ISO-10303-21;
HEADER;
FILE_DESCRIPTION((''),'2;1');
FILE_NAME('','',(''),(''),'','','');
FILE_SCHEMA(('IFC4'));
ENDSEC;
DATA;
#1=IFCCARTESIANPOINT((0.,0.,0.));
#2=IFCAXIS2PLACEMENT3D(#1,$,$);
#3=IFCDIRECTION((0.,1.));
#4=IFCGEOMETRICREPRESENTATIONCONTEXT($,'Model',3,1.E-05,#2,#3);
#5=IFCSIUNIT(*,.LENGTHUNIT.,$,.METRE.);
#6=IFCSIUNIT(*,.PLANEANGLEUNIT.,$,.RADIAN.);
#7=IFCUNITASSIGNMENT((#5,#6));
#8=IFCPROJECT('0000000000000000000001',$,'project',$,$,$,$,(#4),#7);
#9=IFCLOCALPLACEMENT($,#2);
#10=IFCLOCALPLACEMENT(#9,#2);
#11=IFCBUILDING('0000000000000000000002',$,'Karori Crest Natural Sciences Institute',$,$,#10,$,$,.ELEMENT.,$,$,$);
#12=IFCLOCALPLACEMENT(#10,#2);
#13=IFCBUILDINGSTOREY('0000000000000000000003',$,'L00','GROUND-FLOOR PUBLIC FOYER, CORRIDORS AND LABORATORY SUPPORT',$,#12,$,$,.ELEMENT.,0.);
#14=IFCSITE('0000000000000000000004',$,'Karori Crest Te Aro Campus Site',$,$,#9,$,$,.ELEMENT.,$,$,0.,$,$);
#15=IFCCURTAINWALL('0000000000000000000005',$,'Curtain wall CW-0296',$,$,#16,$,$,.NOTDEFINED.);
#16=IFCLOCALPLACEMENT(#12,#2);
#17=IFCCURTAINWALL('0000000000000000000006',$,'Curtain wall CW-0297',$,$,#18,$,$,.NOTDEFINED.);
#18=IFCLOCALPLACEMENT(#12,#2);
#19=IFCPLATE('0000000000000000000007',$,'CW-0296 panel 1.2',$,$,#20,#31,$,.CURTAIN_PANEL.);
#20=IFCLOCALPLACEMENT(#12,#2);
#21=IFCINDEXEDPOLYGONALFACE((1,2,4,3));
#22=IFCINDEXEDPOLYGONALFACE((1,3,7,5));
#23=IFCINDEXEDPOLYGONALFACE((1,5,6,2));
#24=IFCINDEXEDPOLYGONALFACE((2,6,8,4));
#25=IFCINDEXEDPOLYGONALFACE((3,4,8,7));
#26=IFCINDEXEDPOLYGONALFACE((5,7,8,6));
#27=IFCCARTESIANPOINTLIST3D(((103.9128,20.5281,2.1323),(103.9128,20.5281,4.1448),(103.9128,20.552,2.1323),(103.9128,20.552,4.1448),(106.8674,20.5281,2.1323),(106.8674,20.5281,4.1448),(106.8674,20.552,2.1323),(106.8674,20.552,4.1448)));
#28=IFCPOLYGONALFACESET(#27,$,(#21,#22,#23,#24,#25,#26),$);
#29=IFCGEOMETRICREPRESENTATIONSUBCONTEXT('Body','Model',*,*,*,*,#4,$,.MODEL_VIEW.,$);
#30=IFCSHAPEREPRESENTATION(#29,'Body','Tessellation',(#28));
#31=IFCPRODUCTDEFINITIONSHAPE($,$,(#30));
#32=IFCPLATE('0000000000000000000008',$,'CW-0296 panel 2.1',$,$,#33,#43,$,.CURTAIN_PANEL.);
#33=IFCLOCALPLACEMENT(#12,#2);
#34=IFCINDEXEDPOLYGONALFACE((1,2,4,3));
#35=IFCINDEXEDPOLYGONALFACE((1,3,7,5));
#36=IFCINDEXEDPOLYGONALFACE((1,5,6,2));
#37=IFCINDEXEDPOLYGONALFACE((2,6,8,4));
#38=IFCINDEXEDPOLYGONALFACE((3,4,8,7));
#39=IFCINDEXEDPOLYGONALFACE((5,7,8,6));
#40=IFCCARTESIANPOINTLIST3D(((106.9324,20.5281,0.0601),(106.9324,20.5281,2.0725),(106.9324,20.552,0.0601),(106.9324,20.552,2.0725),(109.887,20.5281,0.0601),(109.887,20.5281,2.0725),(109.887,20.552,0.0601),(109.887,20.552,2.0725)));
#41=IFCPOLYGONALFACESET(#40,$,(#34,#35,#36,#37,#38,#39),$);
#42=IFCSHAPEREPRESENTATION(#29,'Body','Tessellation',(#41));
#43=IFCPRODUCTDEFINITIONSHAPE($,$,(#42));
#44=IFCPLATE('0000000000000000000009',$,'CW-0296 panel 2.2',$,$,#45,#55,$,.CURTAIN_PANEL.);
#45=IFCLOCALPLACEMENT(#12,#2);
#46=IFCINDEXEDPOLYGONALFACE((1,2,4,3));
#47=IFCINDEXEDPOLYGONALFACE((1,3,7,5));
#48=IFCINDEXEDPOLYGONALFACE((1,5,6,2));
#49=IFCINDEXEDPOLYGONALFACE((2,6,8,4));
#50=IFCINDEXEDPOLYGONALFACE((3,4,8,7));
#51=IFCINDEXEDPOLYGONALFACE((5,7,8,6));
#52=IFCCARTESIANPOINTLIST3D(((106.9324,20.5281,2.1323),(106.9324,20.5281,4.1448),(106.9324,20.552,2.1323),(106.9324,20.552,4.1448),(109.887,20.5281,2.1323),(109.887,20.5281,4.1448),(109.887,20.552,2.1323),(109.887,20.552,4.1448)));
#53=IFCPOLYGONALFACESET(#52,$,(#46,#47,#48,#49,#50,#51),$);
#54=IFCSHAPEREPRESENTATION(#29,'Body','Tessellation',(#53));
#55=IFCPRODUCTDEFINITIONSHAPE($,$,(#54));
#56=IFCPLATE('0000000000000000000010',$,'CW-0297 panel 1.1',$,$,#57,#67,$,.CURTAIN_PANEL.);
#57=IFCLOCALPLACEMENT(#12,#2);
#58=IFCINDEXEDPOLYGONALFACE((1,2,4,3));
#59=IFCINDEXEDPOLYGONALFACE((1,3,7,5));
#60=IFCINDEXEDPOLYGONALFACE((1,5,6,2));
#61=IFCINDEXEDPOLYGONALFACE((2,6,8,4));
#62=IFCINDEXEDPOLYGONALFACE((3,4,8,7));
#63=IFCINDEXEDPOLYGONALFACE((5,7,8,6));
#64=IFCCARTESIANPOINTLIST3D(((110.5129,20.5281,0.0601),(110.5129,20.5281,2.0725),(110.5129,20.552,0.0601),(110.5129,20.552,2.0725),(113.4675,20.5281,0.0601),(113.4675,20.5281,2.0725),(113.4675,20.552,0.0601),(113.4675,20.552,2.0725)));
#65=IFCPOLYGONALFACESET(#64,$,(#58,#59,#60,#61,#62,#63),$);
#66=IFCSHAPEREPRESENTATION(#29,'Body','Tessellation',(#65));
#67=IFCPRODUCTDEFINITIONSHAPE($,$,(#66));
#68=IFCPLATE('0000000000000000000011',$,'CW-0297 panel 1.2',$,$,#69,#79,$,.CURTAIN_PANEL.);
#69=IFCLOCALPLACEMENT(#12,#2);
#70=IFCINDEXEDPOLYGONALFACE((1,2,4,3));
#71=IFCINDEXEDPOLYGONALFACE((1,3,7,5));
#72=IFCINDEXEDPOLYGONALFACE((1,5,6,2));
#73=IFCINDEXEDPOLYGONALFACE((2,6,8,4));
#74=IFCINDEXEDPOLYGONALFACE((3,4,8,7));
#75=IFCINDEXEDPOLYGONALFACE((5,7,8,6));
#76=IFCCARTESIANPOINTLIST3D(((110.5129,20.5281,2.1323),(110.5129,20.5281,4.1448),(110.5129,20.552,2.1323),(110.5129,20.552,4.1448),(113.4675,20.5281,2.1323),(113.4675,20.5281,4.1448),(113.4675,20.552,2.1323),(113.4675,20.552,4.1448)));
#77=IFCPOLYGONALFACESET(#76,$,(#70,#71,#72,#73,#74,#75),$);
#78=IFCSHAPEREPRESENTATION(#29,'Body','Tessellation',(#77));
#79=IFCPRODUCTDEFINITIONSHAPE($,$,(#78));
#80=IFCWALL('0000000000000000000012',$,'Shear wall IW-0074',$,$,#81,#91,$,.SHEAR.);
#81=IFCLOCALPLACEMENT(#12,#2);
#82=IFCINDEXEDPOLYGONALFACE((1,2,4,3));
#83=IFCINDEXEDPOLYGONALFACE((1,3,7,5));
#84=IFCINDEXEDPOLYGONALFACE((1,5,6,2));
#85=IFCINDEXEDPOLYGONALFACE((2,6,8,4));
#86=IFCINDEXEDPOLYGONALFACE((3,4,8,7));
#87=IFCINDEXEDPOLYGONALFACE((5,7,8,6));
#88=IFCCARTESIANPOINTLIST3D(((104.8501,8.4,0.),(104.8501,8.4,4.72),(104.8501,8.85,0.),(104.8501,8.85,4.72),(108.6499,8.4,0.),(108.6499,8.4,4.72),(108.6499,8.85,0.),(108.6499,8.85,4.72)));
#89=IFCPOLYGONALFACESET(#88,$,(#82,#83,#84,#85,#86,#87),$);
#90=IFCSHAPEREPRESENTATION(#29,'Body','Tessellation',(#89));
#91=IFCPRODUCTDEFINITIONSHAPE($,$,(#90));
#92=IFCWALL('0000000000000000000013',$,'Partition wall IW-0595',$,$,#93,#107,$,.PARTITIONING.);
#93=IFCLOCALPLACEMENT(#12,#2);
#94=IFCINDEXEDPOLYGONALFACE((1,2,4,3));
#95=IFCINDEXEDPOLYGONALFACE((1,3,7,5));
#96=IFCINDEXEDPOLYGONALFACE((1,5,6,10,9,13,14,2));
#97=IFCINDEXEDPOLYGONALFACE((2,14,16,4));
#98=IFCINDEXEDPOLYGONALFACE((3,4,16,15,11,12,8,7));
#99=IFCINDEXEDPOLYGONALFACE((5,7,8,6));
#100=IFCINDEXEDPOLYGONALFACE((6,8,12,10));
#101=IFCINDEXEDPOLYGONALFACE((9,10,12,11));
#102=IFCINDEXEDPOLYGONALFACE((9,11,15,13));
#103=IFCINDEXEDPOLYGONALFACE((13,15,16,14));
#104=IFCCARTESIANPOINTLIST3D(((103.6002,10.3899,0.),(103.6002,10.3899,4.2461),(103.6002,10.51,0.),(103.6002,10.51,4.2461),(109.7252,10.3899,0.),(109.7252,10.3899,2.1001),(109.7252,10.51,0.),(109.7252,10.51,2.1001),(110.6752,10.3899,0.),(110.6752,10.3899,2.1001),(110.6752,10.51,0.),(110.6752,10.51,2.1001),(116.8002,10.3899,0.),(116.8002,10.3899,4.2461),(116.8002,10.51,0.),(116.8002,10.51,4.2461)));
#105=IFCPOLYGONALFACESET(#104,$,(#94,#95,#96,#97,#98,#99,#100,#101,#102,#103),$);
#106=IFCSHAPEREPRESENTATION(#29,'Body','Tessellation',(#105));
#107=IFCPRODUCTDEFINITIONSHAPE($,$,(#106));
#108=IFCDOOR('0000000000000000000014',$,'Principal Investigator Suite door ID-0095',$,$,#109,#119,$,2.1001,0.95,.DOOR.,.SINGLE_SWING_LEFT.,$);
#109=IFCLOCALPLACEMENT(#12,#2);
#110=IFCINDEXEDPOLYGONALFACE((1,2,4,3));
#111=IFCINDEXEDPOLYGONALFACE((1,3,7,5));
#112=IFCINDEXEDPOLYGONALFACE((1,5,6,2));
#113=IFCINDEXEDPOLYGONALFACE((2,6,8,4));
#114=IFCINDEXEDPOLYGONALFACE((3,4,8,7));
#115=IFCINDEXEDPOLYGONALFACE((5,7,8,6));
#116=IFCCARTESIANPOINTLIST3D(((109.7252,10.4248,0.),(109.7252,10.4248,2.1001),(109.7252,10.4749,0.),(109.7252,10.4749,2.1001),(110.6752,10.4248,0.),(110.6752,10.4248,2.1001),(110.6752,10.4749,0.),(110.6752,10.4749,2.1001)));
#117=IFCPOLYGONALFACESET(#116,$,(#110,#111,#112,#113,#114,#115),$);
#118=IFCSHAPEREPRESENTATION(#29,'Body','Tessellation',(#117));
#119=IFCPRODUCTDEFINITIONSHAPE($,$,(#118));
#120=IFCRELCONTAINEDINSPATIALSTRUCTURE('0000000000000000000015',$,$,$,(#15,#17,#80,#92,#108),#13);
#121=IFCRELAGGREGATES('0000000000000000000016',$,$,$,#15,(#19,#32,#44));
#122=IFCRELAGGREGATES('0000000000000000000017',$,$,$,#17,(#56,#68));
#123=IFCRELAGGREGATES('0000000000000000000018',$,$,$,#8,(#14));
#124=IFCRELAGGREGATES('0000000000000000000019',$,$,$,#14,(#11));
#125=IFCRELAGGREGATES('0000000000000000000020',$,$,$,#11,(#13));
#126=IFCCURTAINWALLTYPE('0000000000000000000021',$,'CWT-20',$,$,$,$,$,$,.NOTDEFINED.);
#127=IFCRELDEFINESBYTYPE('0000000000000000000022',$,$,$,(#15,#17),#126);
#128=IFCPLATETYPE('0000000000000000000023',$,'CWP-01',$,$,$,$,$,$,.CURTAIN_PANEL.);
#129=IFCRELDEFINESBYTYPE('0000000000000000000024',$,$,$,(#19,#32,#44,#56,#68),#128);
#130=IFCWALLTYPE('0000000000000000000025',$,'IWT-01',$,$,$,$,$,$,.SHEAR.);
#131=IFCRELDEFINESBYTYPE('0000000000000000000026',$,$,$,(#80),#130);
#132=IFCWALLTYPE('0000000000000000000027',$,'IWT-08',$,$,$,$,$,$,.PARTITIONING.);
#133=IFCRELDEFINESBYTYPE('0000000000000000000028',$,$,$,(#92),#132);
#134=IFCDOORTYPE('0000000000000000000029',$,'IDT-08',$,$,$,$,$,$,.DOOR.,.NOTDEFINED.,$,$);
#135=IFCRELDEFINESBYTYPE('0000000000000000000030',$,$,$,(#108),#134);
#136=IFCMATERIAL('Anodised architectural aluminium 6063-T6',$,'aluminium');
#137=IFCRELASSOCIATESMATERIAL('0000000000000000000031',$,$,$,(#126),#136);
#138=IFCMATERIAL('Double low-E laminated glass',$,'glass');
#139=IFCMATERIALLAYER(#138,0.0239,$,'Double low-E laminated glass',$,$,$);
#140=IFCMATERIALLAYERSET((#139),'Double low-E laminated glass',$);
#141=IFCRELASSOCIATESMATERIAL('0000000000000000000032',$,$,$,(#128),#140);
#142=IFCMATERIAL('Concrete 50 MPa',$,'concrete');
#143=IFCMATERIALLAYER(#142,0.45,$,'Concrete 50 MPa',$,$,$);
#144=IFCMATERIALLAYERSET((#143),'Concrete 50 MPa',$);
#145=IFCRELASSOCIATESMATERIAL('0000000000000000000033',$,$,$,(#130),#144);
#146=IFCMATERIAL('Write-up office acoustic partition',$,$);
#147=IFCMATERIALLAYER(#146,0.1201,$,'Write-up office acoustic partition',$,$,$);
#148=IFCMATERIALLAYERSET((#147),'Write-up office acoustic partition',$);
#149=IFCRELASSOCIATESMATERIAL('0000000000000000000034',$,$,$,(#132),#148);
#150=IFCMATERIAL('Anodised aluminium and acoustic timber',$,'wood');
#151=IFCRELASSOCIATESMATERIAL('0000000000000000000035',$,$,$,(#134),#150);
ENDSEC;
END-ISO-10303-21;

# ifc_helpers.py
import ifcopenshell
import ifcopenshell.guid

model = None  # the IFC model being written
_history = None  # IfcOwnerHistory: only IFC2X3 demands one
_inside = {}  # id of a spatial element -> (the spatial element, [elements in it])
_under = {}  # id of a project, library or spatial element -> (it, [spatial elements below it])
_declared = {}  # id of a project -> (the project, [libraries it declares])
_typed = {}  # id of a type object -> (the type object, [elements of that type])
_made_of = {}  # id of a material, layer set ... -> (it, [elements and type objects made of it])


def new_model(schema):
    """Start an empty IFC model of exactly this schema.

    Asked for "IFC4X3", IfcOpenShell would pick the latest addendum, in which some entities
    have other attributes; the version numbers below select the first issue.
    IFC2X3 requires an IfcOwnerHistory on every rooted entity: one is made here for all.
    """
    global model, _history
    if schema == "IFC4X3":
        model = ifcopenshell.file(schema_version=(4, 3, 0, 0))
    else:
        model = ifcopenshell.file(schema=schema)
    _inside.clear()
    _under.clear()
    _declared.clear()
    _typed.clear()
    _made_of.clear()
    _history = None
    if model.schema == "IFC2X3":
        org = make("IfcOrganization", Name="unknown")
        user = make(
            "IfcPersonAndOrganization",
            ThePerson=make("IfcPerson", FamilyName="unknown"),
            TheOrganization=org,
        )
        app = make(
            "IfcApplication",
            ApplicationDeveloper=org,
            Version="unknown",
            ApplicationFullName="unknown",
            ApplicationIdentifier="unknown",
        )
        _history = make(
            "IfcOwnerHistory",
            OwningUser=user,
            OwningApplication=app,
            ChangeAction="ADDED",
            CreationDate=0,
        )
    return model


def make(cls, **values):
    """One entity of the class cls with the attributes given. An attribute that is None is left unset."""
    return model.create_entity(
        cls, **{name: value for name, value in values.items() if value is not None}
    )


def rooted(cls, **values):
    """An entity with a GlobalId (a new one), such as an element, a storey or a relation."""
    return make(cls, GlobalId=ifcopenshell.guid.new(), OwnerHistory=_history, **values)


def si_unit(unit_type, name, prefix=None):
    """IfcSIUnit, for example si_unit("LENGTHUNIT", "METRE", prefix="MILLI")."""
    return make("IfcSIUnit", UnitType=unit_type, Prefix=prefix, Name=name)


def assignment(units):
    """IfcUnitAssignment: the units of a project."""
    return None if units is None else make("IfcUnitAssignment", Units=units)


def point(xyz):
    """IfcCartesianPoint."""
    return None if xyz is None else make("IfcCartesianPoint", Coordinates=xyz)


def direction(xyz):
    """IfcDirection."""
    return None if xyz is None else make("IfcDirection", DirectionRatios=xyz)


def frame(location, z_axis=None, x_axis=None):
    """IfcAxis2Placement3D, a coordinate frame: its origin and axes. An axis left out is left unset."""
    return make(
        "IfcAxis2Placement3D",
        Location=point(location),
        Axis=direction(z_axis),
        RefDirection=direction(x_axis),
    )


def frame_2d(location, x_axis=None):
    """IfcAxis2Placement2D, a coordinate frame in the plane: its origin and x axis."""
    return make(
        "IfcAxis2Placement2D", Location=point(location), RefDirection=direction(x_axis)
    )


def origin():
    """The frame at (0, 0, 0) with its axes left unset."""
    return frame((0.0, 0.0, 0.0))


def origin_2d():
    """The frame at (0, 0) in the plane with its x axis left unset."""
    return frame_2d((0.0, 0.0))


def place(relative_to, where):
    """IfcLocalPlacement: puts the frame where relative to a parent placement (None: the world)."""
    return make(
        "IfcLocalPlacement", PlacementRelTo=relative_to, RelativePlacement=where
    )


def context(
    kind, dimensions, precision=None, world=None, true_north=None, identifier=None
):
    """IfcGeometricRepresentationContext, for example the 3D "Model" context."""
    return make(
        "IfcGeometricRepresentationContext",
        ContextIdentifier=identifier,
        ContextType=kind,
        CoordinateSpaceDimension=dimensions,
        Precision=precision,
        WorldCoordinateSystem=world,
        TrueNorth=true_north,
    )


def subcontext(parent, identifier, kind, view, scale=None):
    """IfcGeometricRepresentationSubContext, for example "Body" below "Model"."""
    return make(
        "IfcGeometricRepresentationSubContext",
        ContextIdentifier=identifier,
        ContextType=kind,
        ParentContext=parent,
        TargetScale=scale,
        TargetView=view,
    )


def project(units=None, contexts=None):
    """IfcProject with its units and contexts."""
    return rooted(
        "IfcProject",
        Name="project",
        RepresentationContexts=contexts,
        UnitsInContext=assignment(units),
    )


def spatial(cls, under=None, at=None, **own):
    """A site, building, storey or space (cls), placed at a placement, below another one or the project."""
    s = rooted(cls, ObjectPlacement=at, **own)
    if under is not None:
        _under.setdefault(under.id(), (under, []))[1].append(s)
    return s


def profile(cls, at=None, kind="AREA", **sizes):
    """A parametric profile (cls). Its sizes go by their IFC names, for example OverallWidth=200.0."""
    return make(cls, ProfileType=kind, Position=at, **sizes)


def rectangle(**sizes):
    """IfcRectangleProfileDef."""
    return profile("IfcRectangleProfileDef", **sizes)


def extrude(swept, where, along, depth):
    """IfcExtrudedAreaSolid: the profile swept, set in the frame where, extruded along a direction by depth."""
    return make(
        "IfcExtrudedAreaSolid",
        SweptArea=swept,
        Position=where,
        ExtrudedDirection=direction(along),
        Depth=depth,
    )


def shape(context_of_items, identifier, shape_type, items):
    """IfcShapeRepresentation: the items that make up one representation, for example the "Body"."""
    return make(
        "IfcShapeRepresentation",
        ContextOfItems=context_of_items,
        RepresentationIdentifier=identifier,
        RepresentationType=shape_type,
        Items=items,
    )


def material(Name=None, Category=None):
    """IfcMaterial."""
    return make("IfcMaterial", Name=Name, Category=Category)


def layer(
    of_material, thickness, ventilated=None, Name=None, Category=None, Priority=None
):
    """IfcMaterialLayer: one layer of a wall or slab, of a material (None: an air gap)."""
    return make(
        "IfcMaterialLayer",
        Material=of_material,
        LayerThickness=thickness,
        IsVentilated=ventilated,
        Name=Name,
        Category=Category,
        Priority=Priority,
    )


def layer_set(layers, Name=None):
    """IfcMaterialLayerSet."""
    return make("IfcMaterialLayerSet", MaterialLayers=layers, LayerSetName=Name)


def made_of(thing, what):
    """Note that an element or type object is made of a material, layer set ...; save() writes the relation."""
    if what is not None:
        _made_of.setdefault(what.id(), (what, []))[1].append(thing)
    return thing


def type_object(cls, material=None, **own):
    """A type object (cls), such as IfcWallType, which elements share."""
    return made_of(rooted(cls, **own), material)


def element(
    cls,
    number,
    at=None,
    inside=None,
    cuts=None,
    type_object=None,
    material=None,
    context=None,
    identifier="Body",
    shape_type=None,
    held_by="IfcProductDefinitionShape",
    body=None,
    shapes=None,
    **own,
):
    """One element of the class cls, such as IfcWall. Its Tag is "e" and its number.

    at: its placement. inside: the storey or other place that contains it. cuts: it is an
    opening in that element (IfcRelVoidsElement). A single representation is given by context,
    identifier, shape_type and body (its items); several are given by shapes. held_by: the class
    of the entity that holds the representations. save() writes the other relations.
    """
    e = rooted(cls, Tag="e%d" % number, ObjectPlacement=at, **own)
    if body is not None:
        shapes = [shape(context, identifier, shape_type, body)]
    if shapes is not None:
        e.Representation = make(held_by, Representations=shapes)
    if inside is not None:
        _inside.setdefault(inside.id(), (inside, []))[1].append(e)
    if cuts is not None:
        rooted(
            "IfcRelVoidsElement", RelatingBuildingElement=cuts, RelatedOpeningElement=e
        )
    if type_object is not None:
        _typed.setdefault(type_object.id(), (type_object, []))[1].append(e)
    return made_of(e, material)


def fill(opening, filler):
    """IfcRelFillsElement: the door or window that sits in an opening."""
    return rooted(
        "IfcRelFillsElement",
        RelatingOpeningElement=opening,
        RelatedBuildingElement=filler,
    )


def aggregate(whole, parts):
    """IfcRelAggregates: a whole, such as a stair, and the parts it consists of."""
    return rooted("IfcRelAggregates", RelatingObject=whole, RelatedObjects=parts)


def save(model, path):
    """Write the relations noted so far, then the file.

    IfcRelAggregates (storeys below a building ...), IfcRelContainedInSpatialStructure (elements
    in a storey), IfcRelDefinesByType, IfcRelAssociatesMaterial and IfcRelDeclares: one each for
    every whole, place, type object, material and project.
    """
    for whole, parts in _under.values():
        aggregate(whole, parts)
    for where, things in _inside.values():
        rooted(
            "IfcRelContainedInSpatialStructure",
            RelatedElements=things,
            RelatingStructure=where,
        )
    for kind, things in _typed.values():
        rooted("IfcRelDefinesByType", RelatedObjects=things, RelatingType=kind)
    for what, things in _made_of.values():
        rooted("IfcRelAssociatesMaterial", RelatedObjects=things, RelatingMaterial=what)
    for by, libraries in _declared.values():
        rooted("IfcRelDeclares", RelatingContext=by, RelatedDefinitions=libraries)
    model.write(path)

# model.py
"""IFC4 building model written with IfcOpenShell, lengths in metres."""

from ifc_helpers import new_model, si_unit, direction, frame, frame_2d, origin, origin_2d, place, context, subcontext, project, spatial, rectangle, extrude, material, layer, layer_set, type_object, element, fill, aggregate, save


model = new_model("IFC4")

# Units and contexts
model_context = context("Model", 3, precision=1e-05, world=origin(), true_north=direction((0.0, 1.0)))
body_context = subcontext(model_context, "Body", "Model", "MODEL_VIEW")
ifc_project = project(units=[si_unit("LENGTHUNIT", "METRE"), si_unit("PLANEANGLEUNIT", "RADIAN")], contexts=[model_context])

# Site, building, storey
site_placement = place(None, origin())
site = spatial("IfcSite", under=ifc_project, at=site_placement, Name="Karori Crest Te Aro Campus Site", CompositionType="ELEMENT", RefElevation=0.0)
building_placement = place(site_placement, origin())
building = spatial("IfcBuilding", under=site, at=building_placement, Name="Karori Crest Natural Sciences Institute", CompositionType="ELEMENT")
storey_placement = place(building_placement, origin())
storey = spatial("IfcBuildingStorey", under=building, at=storey_placement, Name="L00", Description="GROUND-FLOOR PUBLIC FOYER, CORRIDORS AND LABORATORY SUPPORT", CompositionType="ELEMENT", Elevation=0.0)

# Curtain wall
ifc_material_1 = material(Name="Anodised architectural aluminium 6063-T6", Category="aluminium")
curtain_wall_type = type_object("IfcCurtainWallType", Name="CWT-20", PredefinedType="NOTDEFINED", material=ifc_material_1)
curtain_wall_1_placement = place(storey_placement, origin())
curtain_wall_1 = element("IfcCurtainWall", 1, at=curtain_wall_1_placement, inside=storey, type_object=curtain_wall_type, Name="Curtain wall CW-0296", PredefinedType="NOTDEFINED")

# Curtain wall
curtain_wall_2_placement = place(storey_placement, origin())
curtain_wall_2 = element("IfcCurtainWall", 2, at=curtain_wall_2_placement, inside=storey, type_object=curtain_wall_type, Name="Curtain wall CW-0297", PredefinedType="NOTDEFINED")

# Plates
ifc_material_2 = material(Name="Double low-E laminated glass", Category="glass")
ifc_layer_1 = layer(ifc_material_2, 0.0239, Name="Double low-E laminated glass")
ifc_layer_set_1 = layer_set([ifc_layer_1], Name="Double low-E laminated glass")
plate_type = type_object("IfcPlateType", Name="CWP-01", PredefinedType="CURTAIN_PANEL", material=ifc_layer_set_1)
plate_1_placement = place(storey_placement, frame((105.3901, 20.54, 2.1323), z_axis=(0.0, 0.0, 1.0), x_axis=(1.0, 0.0, 0.0)))
plate_1 = element("IfcPlate", 3, at=plate_1_placement, type_object=plate_type, Name="CW-0296 panel 1.2", PredefinedType="CURTAIN_PANEL", context=body_context, shape_type="SweptSolid", body=[
    extrude(rectangle(XDim=2.9546, YDim=0.0239, at=origin_2d()), origin(), (0.0, 0.0, 1.0), 2.0125),
])
plate_2_placement = place(storey_placement, frame((108.4097, 20.54, 0.0601), z_axis=(0.0, 0.0, 1.0), x_axis=(1.0, 0.0, 0.0)))
plate_2 = element("IfcPlate", 4, at=plate_2_placement, type_object=plate_type, Name="CW-0296 panel 2.1", PredefinedType="CURTAIN_PANEL", context=body_context, shape_type="SweptSolid", body=[
    extrude(rectangle(XDim=2.9546, YDim=0.0239, at=origin_2d()), origin(), (0.0, 0.0, 1.0), 2.0125),
])
plate_3_placement = place(storey_placement, frame((108.4097, 20.54, 2.1323), z_axis=(0.0, 0.0, 1.0), x_axis=(1.0, 0.0, 0.0)))
plate_3 = element("IfcPlate", 5, at=plate_3_placement, type_object=plate_type, Name="CW-0296 panel 2.2", PredefinedType="CURTAIN_PANEL", context=body_context, shape_type="SweptSolid", body=[
    extrude(rectangle(XDim=2.9546, YDim=0.0239, at=origin_2d()), origin(), (0.0, 0.0, 1.0), 2.0125),
])
aggregate(curtain_wall_1, [plate_1, plate_2, plate_3])
plate_4_placement = place(storey_placement, frame((111.9902, 20.54, 0.0601), z_axis=(0.0, 0.0, 1.0), x_axis=(1.0, 0.0, 0.0)))
plate_4 = element("IfcPlate", 6, at=plate_4_placement, type_object=plate_type, Name="CW-0297 panel 1.1", PredefinedType="CURTAIN_PANEL", context=body_context, shape_type="SweptSolid", body=[
    extrude(rectangle(XDim=2.9546, YDim=0.0239, at=origin_2d()), origin(), (0.0, 0.0, 1.0), 2.0125),
])
plate_5_placement = place(storey_placement, frame((111.9902, 20.54, 2.1323), z_axis=(0.0, 0.0, 1.0), x_axis=(1.0, 0.0, 0.0)))
plate_5 = element("IfcPlate", 7, at=plate_5_placement, type_object=plate_type, Name="CW-0297 panel 1.2", PredefinedType="CURTAIN_PANEL", context=body_context, shape_type="SweptSolid", body=[
    extrude(rectangle(XDim=2.9546, YDim=0.0239, at=origin_2d()), origin(), (0.0, 0.0, 1.0), 2.0125),
])
aggregate(curtain_wall_2, [plate_4, plate_5])

# Wall
ifc_material_3 = material(Name="Concrete 50 MPa", Category="concrete")
ifc_layer_2 = layer(ifc_material_3, 0.45, Name="Concrete 50 MPa")
ifc_layer_set_2 = layer_set([ifc_layer_2], Name="Concrete 50 MPa")
wall_type_1 = type_object("IfcWallType", Name="IWT-01", PredefinedType="SHEAR", material=ifc_layer_set_2)
wall_1_placement = place(storey_placement, frame((104.8501, 8.625, 0.0), z_axis=(0.0, 0.0, 1.0), x_axis=(1.0, 0.0, 0.0)))
element("IfcWall", 8, at=wall_1_placement, inside=storey, type_object=wall_type_1, Name="Shear wall IW-0074", PredefinedType="SHEAR", context=body_context, shape_type="SweptSolid", body=[
    extrude(rectangle(XDim=3.7998, YDim=0.45, at=frame_2d((1.8999, 0.0))), origin(), (0.0, 0.0, 1.0), 4.72),
])

# Wall, opening, door
ifc_material_4 = material(Name="Write-up office acoustic partition")
ifc_layer_3 = layer(ifc_material_4, 0.1201, Name="Write-up office acoustic partition")
ifc_layer_set_3 = layer_set([ifc_layer_3], Name="Write-up office acoustic partition")
wall_type_2 = type_object("IfcWallType", Name="IWT-08", PredefinedType="PARTITIONING", material=ifc_layer_set_3)
wall_2_placement = place(storey_placement, frame((103.6001, 10.45, 0.0), z_axis=(0.0, 0.0, 1.0), x_axis=(1.0, 0.0, 0.0)))
wall_2 = element("IfcWall", 9, at=wall_2_placement, inside=storey, type_object=wall_type_2, Name="Partition wall IW-0595", PredefinedType="PARTITIONING", context=body_context, shape_type="SweptSolid", body=[
    extrude(rectangle(XDim=13.2, YDim=0.1201, at=frame_2d((6.6001, 0.0))), origin(), (0.0, 0.0, 1.0), 4.2461),
])
opening_placement = place(wall_2_placement, frame((6.125, 0.0, 0.0)))
opening = element("IfcOpeningElement", 10, at=opening_placement, cuts=wall_2, PredefinedType="OPENING", context=body_context, shape_type="SweptSolid", body=[
    extrude(rectangle(XDim=0.95, YDim=2.1001, at=frame_2d((0.4751, 1.05))), frame((0.0, 0.0701, 0.0), z_axis=(0.0, -1.0, 0.0), x_axis=(1.0, 0.0, 0.0)), (0.0, 0.0, 1.0), 0.1401),
])
ifc_material_5 = material(Name="Anodised aluminium and acoustic timber", Category="wood")
door_type = type_object("IfcDoorType", Name="IDT-08", OperationType="NOTDEFINED", PredefinedType="DOOR", material=ifc_material_5)
door_placement = place(opening_placement, origin())
door = element("IfcDoor", 11, at=door_placement, inside=storey, type_object=door_type, Name="Principal Investigator Suite door ID-0095", OperationType="SINGLE_SWING_LEFT", OverallHeight=2.1001, OverallWidth=0.95, PredefinedType="DOOR", context=body_context, shape_type="SweptSolid", body=[
    extrude(rectangle(XDim=0.95, YDim=2.1001, at=frame_2d((0.4751, 1.05))), frame((0.0, 0.0249, 0.0), z_axis=(0.0, -1.0, 0.0), x_axis=(1.0, 0.0, 0.0)), (0.0, 0.0, 1.0), 0.05),
])
fill(opening, door)

save(model, "model.ifc")
